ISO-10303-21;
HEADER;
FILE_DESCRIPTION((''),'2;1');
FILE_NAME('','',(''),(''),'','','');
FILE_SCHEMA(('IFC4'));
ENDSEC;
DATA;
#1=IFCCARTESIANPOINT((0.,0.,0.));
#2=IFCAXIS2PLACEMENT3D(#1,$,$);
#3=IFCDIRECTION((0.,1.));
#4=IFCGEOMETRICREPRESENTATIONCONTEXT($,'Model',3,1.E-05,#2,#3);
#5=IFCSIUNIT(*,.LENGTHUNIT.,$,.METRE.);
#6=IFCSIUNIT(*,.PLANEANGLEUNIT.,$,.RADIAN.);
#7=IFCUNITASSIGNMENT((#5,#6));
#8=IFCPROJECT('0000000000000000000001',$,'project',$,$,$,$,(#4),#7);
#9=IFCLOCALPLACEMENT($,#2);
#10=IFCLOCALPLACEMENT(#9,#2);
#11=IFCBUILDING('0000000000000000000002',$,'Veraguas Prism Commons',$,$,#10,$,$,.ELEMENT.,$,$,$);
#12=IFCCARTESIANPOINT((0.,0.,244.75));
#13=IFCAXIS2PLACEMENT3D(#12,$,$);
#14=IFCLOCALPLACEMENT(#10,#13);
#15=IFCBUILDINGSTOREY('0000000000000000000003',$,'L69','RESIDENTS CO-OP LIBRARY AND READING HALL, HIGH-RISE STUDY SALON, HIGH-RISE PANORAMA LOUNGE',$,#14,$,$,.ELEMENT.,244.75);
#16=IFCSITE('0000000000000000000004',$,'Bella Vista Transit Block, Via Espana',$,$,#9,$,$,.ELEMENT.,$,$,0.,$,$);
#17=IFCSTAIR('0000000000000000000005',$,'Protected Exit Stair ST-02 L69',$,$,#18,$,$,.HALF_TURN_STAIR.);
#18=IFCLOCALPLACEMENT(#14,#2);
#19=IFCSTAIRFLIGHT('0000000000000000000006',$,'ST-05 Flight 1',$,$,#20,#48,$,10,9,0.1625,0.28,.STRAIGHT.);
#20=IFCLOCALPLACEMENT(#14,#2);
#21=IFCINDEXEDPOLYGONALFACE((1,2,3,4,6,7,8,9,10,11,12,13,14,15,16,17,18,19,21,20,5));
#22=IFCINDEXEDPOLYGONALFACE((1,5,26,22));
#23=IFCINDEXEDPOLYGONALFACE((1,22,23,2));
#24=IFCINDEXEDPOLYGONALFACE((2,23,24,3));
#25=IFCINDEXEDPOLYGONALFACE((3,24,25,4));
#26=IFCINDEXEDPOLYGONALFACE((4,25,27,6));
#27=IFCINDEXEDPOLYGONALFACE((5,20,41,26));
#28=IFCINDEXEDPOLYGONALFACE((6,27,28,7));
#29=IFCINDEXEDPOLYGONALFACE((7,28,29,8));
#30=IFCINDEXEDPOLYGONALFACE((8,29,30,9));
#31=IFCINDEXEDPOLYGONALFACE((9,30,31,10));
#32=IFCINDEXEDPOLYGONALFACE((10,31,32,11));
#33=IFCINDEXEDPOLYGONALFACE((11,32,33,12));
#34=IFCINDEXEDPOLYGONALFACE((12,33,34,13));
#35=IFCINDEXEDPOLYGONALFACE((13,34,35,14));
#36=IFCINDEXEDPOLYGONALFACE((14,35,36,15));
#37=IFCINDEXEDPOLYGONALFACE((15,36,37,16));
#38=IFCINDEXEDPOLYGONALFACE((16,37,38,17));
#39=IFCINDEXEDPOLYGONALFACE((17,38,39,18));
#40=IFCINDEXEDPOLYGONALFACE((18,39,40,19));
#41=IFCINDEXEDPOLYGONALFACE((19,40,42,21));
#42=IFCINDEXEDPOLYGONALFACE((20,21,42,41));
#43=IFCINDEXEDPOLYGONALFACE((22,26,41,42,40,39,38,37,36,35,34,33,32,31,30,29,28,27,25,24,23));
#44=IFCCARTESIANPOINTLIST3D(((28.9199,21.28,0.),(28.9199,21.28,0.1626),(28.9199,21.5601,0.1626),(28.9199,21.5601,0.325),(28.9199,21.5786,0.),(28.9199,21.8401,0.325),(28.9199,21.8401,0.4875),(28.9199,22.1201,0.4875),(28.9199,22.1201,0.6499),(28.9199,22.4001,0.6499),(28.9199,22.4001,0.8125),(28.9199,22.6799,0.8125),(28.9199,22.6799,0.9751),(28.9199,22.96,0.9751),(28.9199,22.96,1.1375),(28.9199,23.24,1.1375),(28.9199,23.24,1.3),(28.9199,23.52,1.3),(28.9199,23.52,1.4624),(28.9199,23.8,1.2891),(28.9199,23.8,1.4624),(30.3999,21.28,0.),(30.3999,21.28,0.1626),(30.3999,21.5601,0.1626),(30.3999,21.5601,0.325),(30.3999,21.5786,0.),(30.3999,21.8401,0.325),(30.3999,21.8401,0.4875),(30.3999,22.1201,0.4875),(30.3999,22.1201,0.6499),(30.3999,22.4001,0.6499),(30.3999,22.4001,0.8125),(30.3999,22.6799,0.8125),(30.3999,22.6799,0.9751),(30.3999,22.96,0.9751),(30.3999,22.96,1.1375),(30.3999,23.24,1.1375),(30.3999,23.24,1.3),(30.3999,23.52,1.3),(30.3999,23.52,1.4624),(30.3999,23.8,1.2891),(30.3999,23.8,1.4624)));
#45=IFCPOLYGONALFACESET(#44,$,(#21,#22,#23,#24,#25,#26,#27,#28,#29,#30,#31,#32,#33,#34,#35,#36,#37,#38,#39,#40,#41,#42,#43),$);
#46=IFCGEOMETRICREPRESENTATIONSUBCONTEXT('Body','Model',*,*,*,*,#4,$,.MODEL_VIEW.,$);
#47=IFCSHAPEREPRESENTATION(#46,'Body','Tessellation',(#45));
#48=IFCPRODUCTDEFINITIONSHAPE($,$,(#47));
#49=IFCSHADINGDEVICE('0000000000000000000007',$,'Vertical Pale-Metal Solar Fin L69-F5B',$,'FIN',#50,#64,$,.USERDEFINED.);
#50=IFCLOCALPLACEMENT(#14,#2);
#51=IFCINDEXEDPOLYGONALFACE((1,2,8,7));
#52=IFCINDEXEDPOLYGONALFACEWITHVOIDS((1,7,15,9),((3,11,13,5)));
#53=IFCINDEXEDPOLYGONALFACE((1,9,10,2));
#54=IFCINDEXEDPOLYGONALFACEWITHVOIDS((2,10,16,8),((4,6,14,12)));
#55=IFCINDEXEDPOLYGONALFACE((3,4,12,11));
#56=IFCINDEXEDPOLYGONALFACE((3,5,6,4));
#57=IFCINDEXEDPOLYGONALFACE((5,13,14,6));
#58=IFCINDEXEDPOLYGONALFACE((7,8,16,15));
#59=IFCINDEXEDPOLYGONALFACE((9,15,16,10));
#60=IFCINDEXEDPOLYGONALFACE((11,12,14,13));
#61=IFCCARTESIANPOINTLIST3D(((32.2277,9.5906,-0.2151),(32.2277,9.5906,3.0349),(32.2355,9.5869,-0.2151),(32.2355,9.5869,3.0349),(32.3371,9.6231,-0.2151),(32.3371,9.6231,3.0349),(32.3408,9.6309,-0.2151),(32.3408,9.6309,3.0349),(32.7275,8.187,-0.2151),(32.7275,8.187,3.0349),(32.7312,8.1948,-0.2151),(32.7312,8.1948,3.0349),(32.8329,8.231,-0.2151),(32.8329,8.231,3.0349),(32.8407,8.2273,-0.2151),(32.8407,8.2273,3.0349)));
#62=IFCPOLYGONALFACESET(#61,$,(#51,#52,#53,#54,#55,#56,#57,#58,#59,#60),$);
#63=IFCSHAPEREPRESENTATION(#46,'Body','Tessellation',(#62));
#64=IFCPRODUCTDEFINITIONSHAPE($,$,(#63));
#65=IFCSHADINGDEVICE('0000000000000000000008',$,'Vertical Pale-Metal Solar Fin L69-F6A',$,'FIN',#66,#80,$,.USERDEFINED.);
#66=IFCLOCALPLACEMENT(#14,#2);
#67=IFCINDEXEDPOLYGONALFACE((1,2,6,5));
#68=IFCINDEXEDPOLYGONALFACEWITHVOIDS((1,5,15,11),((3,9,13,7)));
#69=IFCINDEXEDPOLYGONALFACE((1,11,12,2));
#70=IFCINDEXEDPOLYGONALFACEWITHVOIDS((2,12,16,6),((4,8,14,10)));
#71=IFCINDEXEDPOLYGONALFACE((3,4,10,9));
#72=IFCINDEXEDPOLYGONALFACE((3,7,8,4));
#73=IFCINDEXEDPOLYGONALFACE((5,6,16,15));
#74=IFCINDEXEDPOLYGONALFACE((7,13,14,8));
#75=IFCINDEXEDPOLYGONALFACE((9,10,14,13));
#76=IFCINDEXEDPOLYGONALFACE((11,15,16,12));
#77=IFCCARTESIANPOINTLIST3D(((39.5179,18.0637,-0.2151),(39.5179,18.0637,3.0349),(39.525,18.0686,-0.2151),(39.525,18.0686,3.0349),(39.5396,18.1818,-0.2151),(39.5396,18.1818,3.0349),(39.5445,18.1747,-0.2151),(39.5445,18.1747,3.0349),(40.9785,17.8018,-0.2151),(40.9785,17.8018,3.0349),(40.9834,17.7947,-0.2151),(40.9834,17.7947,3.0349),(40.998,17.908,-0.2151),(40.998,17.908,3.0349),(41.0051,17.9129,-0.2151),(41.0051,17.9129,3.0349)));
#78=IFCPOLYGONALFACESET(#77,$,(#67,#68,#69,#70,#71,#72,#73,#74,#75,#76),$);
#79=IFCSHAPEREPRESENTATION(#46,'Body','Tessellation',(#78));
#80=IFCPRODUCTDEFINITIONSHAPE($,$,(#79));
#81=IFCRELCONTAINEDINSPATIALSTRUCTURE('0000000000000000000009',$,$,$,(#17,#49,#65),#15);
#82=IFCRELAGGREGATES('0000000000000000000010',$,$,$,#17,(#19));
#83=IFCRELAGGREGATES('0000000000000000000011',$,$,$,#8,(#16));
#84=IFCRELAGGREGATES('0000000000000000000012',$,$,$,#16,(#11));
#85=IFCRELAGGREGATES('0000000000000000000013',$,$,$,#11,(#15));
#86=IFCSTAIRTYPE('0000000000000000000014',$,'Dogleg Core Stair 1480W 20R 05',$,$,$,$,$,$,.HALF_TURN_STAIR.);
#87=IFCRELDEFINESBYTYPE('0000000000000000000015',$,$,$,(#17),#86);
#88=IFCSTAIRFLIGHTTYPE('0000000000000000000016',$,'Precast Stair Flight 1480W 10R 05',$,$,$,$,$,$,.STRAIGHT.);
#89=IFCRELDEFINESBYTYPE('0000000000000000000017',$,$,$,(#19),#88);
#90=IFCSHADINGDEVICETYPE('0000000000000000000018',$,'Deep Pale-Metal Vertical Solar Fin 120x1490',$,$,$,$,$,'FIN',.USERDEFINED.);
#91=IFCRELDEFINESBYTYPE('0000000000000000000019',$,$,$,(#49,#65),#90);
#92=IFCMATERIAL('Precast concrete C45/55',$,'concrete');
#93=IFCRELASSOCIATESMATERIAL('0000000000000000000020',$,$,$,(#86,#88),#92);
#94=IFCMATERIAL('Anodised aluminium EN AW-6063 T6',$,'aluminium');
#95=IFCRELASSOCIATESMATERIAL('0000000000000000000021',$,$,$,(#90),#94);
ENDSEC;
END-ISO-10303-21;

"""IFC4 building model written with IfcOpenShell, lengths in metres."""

from ifc_helpers import new_model, si_unit, direction, frame, origin, origin_2d, place, context, subcontext, project, spatial, polyline, hollow_rectangle, outline, extrude, material, material_profile, profile_set, type_object, element, aggregate, save


model = new_model("IFC4")

# Units and contexts
model_context = context("Model", 3, precision=1e-05, world=origin(), true_north=direction((0.0, 1.0)))
body_context = subcontext(model_context, "Body", "Model", "MODEL_VIEW")
ifc_project = project(units=[si_unit("LENGTHUNIT", "METRE"), si_unit("PLANEANGLEUNIT", "RADIAN")], contexts=[model_context])

# Site, building, storey
site_placement = place(None, origin())
site = spatial("IfcSite", under=ifc_project, at=site_placement, Name="Bella Vista Transit Block, Via Espana", CompositionType="ELEMENT", RefElevation=0.0)
building_placement = place(site_placement, origin())
building = spatial("IfcBuilding", under=site, at=building_placement, Name="Veraguas Prism Commons", CompositionType="ELEMENT")
storey_placement = place(building_placement, frame((0.0, 0.0, 244.75)))
storey = spatial("IfcBuildingStorey", under=building, at=storey_placement, Name="L69", Description="RESIDENTS CO-OP LIBRARY AND READING HALL, HIGH-RISE STUDY SALON, HIGH-RISE PANORAMA LOUNGE", CompositionType="ELEMENT", Elevation=244.75)

# Shared definitions
ifc_material_1 = material(Name="Anodised aluminium EN AW-6063 T6", Category="aluminium")

# Stair, stair flight
ifc_material_2 = material(Name="Precast concrete C45/55", Category="concrete")
stair_type = type_object("IfcStairType", Name="Dogleg Core Stair 1480W 20R 05", PredefinedType="HALF_TURN_STAIR", material=ifc_material_2)
stair_placement = place(storey_placement, origin())
stair = element("IfcStair", 1, at=stair_placement, inside=storey, type_object=stair_type, Name="Protected Exit Stair ST-02 L69", PredefinedType="HALF_TURN_STAIR")
stair_flight_type = type_object("IfcStairFlightType", Name="Precast Stair Flight 1480W 10R 05", PredefinedType="STRAIGHT", material=ifc_material_2)
stair_flight_placement = place(storey_placement, frame((29.6599, 21.28, 0.0), z_axis=(0.0, 0.0, 1.0), x_axis=(0.0, 1.0, 0.0)))
stair_flight = element("IfcStairFlight", 2, at=stair_flight_placement, type_object=stair_flight_type, Name="ST-05 Flight 1", NumberOfRisers=10, NumberOfTreads=9, PredefinedType="STRAIGHT", RiserHeight=0.1625, TreadLength=0.28, context=body_context, shape_type="SweptSolid", body=[
    extrude(outline(polyline([(0.0, 0.0), (0.0, 0.1626), (0.28, 0.1626), (0.28, 0.325), (0.5601, 0.325), (0.5601, 0.4875), (0.8401, 0.4875), (0.8401, 0.6499), (1.1201, 0.6499), (1.1201, 0.8125), (1.3999, 0.8125), (1.3999, 0.9751), (1.6799, 0.9751), (1.6799, 1.1375), (1.96, 1.1375), (1.96, 1.3), (2.24, 1.3), (2.24, 1.4624), (2.52, 1.4624), (2.52, 1.625), (2.52, 1.2891), (0.2986, 0.0), (0.0, 0.0)])), frame((0.0, 0.74, 0.0), z_axis=(0.0, -1.0, 0.0), x_axis=(1.0, 0.0, 0.0)), (0.0, 0.0, 1.0), 1.48),
])
aggregate(stair, [stair_flight])

# Shading devices
ifc_material_profile_1 = material_profile(ifc_material_1, hollow_rectangle(XDim=0.1201, YDim=1.49, WallThickness=0.0061, at=origin_2d()), Name="FIN120X1490X6")
ifc_profile_set_1 = profile_set([ifc_material_profile_1], Name="Anodised aluminium EN AW-6063 T6")
shading_device_type = type_object("IfcShadingDeviceType", Name="Deep Pale-Metal Vertical Solar Fin 120x1490", ElementType="FIN", PredefinedType="USERDEFINED", material=ifc_profile_set_1)
for number, where, z_axis, x_axis, name in (
    (3, (32.5342, 8.9089, -0.2151), (0.0, 0.0, 1.0), (0.942056, 0.335455, 0.0), "Vertical Pale-Metal Solar Fin L69-F5B"),
    (4, (40.2615, 17.9883, -0.2151), (0.0, 0.0, 1.0), (0.180519, 0.983571, 0.0), "Vertical Pale-Metal Solar Fin L69-F6A"),
):
    element("IfcShadingDevice", number, at=place(storey_placement, frame(where, z_axis=z_axis, x_axis=x_axis)), inside=storey, type_object=shading_device_type, Name=name, ObjectType="FIN", PredefinedType="USERDEFINED", context=body_context, shape_type="SweptSolid", body=[
        extrude(hollow_rectangle(XDim=0.1201, YDim=1.49, WallThickness=0.0061, at=origin_2d()), origin(), (0.0, 0.0, 1.0), 3.25),
    ])

save(model, "model.ifc")
